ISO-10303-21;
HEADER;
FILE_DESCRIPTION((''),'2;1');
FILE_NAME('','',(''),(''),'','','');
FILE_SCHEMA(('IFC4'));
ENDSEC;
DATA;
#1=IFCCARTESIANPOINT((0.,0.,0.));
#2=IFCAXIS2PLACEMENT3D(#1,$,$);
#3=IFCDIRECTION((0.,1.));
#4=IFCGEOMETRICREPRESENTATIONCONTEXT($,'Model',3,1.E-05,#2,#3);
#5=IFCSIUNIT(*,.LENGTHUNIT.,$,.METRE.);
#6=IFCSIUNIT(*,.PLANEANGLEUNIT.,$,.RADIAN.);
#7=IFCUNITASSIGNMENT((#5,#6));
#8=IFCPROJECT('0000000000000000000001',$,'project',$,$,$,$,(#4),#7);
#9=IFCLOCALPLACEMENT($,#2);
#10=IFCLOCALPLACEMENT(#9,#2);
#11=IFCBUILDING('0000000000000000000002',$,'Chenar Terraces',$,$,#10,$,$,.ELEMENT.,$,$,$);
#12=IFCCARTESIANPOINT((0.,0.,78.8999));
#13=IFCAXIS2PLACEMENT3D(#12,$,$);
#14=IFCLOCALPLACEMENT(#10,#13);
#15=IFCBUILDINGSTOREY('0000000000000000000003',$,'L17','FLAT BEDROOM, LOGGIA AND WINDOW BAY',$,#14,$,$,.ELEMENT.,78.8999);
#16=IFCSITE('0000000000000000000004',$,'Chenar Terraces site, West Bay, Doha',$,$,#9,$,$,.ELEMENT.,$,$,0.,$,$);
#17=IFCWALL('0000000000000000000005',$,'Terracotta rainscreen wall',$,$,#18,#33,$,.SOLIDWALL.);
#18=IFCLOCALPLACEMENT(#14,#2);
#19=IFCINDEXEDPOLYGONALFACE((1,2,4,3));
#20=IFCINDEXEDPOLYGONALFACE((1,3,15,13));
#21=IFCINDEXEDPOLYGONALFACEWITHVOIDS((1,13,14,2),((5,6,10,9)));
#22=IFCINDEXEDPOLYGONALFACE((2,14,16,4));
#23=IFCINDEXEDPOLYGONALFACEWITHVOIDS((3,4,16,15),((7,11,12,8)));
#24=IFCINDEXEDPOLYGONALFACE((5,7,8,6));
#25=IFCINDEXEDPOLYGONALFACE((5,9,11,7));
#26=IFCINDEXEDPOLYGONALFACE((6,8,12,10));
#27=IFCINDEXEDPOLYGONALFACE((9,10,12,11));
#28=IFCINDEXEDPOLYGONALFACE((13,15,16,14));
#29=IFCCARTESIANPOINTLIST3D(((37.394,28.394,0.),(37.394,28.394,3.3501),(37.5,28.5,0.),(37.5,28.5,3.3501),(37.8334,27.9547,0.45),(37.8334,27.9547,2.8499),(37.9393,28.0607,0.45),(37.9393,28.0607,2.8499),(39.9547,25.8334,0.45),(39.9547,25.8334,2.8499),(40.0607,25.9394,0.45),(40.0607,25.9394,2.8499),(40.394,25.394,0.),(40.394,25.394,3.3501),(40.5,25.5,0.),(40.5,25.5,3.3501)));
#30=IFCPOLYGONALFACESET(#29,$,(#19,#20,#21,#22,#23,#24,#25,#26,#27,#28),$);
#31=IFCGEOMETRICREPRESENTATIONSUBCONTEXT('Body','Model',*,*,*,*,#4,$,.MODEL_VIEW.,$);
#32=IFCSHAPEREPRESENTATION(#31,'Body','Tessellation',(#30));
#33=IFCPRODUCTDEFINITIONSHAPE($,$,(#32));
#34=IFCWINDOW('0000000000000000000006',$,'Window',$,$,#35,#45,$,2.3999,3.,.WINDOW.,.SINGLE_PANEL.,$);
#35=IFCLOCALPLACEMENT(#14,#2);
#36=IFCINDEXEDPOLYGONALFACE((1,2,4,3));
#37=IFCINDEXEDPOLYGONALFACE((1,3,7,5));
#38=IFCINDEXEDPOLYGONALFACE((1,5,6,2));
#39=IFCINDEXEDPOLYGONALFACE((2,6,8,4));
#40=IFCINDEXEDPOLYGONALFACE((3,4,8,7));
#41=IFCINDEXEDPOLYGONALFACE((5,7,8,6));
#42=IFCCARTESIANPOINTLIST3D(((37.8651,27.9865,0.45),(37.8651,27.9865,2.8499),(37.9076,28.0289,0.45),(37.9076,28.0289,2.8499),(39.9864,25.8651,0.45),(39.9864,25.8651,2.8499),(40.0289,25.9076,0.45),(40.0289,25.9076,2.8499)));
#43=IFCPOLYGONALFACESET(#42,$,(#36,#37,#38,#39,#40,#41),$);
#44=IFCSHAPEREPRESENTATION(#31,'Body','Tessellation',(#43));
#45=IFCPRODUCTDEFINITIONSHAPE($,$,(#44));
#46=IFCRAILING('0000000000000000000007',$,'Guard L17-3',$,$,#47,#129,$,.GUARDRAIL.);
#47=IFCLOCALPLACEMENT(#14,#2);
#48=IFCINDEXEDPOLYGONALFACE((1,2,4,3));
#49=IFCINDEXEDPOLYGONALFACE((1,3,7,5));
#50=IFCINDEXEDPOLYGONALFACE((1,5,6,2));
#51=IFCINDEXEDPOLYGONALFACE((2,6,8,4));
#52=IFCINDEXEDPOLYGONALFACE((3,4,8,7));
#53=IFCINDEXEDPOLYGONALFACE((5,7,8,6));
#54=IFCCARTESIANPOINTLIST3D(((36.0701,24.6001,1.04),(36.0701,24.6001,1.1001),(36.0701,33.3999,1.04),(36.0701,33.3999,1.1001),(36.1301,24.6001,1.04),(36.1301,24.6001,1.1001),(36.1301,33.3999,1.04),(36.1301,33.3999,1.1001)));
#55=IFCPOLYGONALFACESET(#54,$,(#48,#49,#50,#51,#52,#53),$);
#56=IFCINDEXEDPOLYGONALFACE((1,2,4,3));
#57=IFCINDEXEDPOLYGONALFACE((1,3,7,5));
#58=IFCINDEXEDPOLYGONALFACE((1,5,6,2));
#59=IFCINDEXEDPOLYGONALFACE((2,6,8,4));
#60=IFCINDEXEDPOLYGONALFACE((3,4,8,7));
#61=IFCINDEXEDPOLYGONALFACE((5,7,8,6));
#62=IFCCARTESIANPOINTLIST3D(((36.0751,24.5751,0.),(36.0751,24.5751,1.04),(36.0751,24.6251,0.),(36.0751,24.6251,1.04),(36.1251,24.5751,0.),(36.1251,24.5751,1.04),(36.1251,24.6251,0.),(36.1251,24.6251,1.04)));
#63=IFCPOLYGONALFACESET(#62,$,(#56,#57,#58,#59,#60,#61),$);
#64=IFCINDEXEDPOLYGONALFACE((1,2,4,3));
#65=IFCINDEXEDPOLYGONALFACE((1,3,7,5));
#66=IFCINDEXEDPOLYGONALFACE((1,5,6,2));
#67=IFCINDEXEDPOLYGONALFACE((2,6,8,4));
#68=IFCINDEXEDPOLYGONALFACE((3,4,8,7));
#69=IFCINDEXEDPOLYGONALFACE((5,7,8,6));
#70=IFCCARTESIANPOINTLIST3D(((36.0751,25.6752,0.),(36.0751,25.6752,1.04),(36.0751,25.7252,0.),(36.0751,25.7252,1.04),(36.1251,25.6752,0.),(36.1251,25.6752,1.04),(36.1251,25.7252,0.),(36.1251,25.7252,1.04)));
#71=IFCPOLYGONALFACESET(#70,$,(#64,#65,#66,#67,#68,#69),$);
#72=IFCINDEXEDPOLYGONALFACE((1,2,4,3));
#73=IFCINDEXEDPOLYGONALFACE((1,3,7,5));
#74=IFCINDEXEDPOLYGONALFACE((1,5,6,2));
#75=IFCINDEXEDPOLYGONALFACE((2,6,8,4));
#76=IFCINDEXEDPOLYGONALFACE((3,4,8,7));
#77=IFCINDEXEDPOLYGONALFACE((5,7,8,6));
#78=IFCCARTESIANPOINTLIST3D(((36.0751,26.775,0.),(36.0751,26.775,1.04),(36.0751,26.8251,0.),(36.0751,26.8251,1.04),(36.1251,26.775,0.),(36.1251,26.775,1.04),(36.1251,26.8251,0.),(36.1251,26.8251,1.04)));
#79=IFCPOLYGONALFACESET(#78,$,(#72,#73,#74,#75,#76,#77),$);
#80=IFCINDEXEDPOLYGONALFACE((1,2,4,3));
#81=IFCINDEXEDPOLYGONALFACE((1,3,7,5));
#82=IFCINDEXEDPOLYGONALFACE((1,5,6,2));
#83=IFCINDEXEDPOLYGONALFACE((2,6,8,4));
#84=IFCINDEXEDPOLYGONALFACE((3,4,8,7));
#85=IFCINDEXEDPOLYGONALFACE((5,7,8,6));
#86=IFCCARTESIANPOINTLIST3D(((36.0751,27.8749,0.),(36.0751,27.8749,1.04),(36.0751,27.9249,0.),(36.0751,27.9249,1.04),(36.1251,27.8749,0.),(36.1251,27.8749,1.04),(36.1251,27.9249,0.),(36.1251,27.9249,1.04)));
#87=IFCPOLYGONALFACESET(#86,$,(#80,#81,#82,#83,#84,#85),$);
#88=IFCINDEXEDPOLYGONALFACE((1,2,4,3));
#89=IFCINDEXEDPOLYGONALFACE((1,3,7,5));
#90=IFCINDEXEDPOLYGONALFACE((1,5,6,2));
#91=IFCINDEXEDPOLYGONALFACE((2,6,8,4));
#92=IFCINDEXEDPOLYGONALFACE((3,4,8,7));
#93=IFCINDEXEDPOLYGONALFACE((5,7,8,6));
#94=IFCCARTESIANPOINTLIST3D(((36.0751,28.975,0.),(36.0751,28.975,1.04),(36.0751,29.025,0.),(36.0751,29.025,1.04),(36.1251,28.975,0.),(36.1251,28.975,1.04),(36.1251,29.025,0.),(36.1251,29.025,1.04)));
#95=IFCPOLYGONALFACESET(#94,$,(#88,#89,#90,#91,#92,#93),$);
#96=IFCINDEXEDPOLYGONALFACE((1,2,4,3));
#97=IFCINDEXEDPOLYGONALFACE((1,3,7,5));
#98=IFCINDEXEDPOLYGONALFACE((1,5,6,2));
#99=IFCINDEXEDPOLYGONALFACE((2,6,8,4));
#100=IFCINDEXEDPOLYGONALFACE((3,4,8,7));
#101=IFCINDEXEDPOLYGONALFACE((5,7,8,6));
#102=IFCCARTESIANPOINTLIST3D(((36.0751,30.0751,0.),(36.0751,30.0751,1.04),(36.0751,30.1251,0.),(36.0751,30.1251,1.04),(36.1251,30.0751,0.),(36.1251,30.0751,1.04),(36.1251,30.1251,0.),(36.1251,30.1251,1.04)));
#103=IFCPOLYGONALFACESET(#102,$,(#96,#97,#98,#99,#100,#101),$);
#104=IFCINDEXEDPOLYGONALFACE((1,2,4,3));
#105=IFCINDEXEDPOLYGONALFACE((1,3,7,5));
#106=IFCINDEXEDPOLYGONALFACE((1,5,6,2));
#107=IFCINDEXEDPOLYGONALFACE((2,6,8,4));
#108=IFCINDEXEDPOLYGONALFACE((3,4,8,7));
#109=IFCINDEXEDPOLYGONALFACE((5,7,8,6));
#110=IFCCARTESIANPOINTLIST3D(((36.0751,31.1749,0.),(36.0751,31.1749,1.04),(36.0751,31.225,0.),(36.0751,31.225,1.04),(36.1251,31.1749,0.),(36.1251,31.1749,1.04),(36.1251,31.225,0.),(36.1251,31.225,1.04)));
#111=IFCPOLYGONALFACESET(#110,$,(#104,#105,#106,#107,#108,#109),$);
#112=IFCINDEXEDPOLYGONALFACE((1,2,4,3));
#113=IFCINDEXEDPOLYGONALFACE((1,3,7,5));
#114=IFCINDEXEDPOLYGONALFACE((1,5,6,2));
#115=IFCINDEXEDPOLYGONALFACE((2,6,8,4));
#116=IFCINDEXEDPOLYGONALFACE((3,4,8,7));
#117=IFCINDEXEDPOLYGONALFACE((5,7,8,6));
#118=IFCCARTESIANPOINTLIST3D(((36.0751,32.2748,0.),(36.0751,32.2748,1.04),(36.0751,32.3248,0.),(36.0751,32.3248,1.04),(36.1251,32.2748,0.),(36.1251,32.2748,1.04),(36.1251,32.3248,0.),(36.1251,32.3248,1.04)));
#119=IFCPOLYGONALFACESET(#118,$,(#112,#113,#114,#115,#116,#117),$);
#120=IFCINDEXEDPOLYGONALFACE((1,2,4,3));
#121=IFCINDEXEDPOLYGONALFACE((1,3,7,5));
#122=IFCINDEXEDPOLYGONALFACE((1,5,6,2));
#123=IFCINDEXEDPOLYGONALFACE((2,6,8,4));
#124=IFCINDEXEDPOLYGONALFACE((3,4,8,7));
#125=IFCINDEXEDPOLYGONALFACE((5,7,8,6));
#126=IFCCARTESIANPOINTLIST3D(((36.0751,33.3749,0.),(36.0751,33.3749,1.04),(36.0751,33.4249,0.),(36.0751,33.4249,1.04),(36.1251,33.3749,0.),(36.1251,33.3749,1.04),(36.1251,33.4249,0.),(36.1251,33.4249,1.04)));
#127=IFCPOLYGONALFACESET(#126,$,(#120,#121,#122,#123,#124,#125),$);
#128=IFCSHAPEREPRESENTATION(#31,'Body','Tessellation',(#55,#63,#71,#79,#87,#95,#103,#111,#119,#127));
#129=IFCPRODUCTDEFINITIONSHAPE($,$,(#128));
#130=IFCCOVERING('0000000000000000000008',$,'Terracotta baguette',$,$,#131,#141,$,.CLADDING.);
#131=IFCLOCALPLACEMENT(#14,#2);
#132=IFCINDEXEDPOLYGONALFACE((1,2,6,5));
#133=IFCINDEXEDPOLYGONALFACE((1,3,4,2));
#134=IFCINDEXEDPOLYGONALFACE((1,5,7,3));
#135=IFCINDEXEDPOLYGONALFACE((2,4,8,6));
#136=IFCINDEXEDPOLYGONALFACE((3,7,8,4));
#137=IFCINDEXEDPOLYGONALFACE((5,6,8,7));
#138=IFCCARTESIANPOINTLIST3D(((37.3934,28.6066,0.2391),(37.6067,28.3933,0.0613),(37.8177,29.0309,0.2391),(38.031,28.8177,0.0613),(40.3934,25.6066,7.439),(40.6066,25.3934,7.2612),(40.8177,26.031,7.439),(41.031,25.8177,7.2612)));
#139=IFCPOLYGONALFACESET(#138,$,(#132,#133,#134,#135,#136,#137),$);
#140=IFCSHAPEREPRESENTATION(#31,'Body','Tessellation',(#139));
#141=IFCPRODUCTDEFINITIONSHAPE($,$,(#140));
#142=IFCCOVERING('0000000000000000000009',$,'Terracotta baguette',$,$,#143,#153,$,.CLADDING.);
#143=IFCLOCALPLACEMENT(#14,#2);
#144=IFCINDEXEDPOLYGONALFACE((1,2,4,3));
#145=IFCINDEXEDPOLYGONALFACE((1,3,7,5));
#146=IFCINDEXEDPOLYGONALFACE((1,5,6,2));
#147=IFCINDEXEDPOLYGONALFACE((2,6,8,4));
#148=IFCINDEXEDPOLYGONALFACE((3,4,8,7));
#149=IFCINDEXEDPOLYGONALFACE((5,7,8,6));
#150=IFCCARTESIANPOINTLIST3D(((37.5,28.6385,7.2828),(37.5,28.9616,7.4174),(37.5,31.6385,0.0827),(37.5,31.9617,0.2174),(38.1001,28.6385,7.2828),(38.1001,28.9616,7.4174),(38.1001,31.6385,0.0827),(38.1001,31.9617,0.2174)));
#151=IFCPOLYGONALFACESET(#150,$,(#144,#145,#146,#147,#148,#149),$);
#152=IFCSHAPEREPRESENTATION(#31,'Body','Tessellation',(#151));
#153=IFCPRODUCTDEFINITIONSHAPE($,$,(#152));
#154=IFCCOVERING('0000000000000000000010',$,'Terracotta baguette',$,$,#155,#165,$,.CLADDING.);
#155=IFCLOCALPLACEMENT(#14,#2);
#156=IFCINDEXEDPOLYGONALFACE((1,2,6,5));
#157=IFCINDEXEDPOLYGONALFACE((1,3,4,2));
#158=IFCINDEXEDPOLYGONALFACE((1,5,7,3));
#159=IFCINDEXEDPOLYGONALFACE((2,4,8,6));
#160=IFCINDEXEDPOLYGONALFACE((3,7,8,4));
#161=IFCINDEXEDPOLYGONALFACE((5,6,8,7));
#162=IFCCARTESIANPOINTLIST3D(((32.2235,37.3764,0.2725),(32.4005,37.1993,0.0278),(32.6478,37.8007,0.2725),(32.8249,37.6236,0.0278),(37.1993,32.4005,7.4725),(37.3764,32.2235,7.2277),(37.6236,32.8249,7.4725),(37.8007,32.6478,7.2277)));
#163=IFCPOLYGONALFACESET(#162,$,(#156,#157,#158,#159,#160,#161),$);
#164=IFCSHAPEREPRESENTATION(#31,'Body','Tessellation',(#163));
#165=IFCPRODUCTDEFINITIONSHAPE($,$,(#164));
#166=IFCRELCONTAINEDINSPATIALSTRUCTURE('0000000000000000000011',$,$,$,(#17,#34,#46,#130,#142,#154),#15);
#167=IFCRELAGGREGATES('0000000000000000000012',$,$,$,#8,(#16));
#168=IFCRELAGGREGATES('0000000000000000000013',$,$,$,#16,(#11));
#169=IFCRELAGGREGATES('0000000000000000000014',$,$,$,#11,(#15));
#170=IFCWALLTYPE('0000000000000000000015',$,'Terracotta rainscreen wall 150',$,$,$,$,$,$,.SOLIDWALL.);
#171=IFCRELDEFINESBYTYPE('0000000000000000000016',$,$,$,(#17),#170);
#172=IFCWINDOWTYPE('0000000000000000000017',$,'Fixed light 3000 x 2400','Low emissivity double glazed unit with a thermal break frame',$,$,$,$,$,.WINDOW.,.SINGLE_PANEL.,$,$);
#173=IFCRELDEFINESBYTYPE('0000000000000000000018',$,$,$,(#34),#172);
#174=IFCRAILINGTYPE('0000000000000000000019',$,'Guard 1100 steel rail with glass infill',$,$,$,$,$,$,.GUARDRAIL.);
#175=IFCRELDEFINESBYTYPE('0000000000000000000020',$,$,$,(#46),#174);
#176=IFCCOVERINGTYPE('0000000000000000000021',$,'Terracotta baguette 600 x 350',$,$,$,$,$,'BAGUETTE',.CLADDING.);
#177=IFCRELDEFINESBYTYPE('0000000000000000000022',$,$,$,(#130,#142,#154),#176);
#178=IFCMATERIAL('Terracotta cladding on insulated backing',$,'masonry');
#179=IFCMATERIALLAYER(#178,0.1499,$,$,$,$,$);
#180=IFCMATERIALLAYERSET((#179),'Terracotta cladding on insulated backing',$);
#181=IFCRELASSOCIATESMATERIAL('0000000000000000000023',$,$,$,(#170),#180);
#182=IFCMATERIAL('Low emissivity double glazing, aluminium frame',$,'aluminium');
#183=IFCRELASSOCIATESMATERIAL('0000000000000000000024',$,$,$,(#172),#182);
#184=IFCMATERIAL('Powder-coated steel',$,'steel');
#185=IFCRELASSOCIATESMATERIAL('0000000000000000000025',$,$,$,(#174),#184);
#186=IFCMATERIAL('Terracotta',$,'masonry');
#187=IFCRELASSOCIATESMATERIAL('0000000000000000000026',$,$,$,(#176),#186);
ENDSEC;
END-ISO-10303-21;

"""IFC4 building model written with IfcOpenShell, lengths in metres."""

from ifc_helpers import new_model, si_unit, direction, frame, frame_2d, origin, origin_2d, place, context, subcontext, project, spatial, rectangle, extrude, material, layer, layer_set, material_profile, profile_set, type_object, element, fill, save


model = new_model("IFC4")

# Units and contexts
model_context = context("Model", 3, precision=1e-05, world=origin(), true_north=direction((0.0, 1.0)))
body_context = subcontext(model_context, "Body", "Model", "MODEL_VIEW")
ifc_project = project(units=[si_unit("LENGTHUNIT", "METRE"), si_unit("PLANEANGLEUNIT", "RADIAN")], contexts=[model_context])

# Site, building, storey
site_placement = place(None, origin())
site = spatial("IfcSite", under=ifc_project, at=site_placement, Name="Chenar Terraces site, West Bay, Doha", CompositionType="ELEMENT", RefElevation=0.0)
building_placement = place(site_placement, origin())
building = spatial("IfcBuilding", under=site, at=building_placement, Name="Chenar Terraces", CompositionType="ELEMENT")
storey_placement = place(building_placement, frame((0.0, 0.0, 78.8999)))
storey = spatial("IfcBuildingStorey", under=building, at=storey_placement, Name="L17", Description="FLAT BEDROOM, LOGGIA AND WINDOW BAY", CompositionType="ELEMENT", Elevation=78.8999)

# Wall, opening, window
ifc_material_1 = material(Name="Terracotta cladding on insulated backing", Category="masonry")
ifc_layer_1 = layer(ifc_material_1, 0.1499)
ifc_layer_set_1 = layer_set([ifc_layer_1], Name="Terracotta cladding on insulated backing")
wall_type_1 = type_object("IfcWallType", Name="Terracotta rainscreen wall 150", PredefinedType="SOLIDWALL", material=ifc_layer_set_1)
wall_1_placement = place(storey_placement, frame((40.447, 25.447, 0.0), z_axis=(0.0, 0.0, 1.0), x_axis=(-0.707107, 0.707107, 0.0)))
wall_1 = element("IfcWall", 1, at=wall_1_placement, inside=storey, type_object=wall_type_1, Name="Terracotta rainscreen wall", PredefinedType="SOLIDWALL", context=body_context, shape_type="SweptSolid", body=[
    extrude(rectangle(XDim=4.2427, YDim=0.1499, at=frame_2d((2.1213, 0.0))), origin(), (0.0, 0.0, 1.0), 3.3501),
])
opening_placement = place(wall_1_placement, frame((0.6213, 0.0, 0.45)))
opening = element("IfcOpeningElement", 2, at=opening_placement, cuts=wall_1, PredefinedType="OPENING", context=body_context, shape_type="SweptSolid", body=[
    extrude(rectangle(XDim=3.0, YDim=2.3999, at=frame_2d((1.5, 1.2))), frame((0.0, 0.085, 0.0), z_axis=(0.0, -1.0, 0.0), x_axis=(1.0, 0.0, 0.0)), (0.0, 0.0, 1.0), 0.1699),
])
ifc_material_2 = material(Name="Low emissivity double glazing, aluminium frame", Category="aluminium")
window_type = type_object("IfcWindowType", Name="Fixed light 3000 x 2400", Description="Low emissivity double glazed unit with a thermal break frame", PartitioningType="SINGLE_PANEL", PredefinedType="WINDOW", material=ifc_material_2)
window_placement = place(opening_placement, origin())
window = element("IfcWindow", 3, at=window_placement, inside=storey, type_object=window_type, Name="Window", OverallHeight=2.3999, OverallWidth=3.0, PartitioningType="SINGLE_PANEL", PredefinedType="WINDOW", context=body_context, shape_type="SweptSolid", body=[
    extrude(rectangle(XDim=3.0, YDim=2.3999, at=frame_2d((1.5, 1.2))), frame((0.0, 0.03, 0.0), z_axis=(0.0, -1.0, 0.0), x_axis=(1.0, 0.0, 0.0)), (0.0, 0.0, 1.0), 0.0601),
])
fill(opening, window)

# Railing
ifc_material_3 = material(Name="Powder-coated steel", Category="steel")
railing_type = type_object("IfcRailingType", Name="Guard 1100 steel rail with glass infill", PredefinedType="GUARDRAIL", material=ifc_material_3)
railing_placement = place(storey_placement, frame((36.1001, 24.6001, 0.0)))
element("IfcRailing", 4, at=railing_placement, inside=storey, type_object=railing_type, Name="Guard L17-3", PredefinedType="GUARDRAIL", context=body_context, shape_type="SweptSolid", body=[
    extrude(rectangle(XDim=0.0601, YDim=0.0601, at=origin_2d()), frame((0.0, 0.0, 1.0701), z_axis=(0.0, 1.0, 0.0), x_axis=(-1.0, 0.0, 0.0)), (0.0, 0.0, 1.0), 8.7998),
    extrude(rectangle(XDim=0.05, YDim=0.05, at=origin_2d()), origin(), (0.0, 0.0, 1.0), 1.04),
    extrude(rectangle(XDim=0.05, YDim=0.05, at=origin_2d()), frame((0.0, 1.1001, 0.0)), (0.0, 0.0, 1.0), 1.04),
    extrude(rectangle(XDim=0.05, YDim=0.05, at=origin_2d()), frame((0.0, 2.2, 0.0)), (0.0, 0.0, 1.0), 1.04),
    extrude(rectangle(XDim=0.05, YDim=0.05, at=origin_2d()), frame((0.0, 3.2998, 0.0)), (0.0, 0.0, 1.0), 1.04),
    extrude(rectangle(XDim=0.05, YDim=0.05, at=origin_2d()), frame((0.0, 4.3999, 0.0)), (0.0, 0.0, 1.0), 1.04),
    extrude(rectangle(XDim=0.05, YDim=0.05, at=origin_2d()), frame((0.0, 5.5, 0.0)), (0.0, 0.0, 1.0), 1.04),
    extrude(rectangle(XDim=0.05, YDim=0.05, at=origin_2d()), frame((0.0, 6.5999, 0.0)), (0.0, 0.0, 1.0), 1.04),
    extrude(rectangle(XDim=0.05, YDim=0.05, at=origin_2d()), frame((0.0, 7.6997, 0.0)), (0.0, 0.0, 1.0), 1.04),
    extrude(rectangle(XDim=0.05, YDim=0.05, at=origin_2d()), frame((0.0, 8.7998, 0.0)), (0.0, 0.0, 1.0), 1.04),
])

# Coverings
ifc_material_4 = material(Name="Terracotta", Category="masonry")
ifc_material_profile_1 = material_profile(ifc_material_4, rectangle(XDim=0.6001, YDim=0.3501, at=origin_2d()), Name="Terracotta baguette 600 x 350")
ifc_profile_set_1 = profile_set([ifc_material_profile_1], Name="Terracotta")
covering_type = type_object("IfcCoveringType", Name="Terracotta baguette 600 x 350", ElementType="BAGUETTE", PredefinedType="CLADDING", material=ifc_profile_set_1)
covering_1_placement = place(storey_placement, frame((40.7122, 25.7122, 7.3501), z_axis=(-0.358981, 0.358981, -0.861548), x_axis=(-0.707107, -0.707107, 0.0)))
element("IfcCovering", 5, at=covering_1_placement, inside=storey, type_object=covering_type, Name="Terracotta baguette", PredefinedType="CLADDING", context=body_context, shape_type="SweptSolid", body=[
    extrude(rectangle(XDim=0.6001, YDim=0.3501, at=origin_2d()), origin(), (0.0, 0.0, 1.0), 8.3569),
])
covering_2_placement = place(storey_placement, frame((37.8, 28.8, 7.3501), z_axis=(0.0, 0.384618, -0.923076), x_axis=(-1.0, 0.0, 0.0)))
element("IfcCovering", 6, at=covering_2_placement, inside=storey, type_object=covering_type, Name="Terracotta baguette", PredefinedType="CLADDING", context=body_context, shape_type="SweptSolid", body=[
    extrude(rectangle(XDim=0.6001, YDim=0.3501, at=origin_2d()), origin(), (0.0, 0.0, 1.0), 7.8),
])
covering_3_placement = place(storey_placement, frame((37.5, 32.5242, 7.3501), z_axis=(-0.494241, 0.494241, -0.715159), x_axis=(-0.707107, -0.707107, 0.0)))
element("IfcCovering", 7, at=covering_3_placement, inside=storey, type_object=covering_type, Name="Terracotta baguette", PredefinedType="CLADDING", context=body_context, shape_type="SweptSolid", body=[
    extrude(rectangle(XDim=0.6001, YDim=0.3501, at=origin_2d()), origin(), (0.0, 0.0, 1.0), 10.0676),
])

save(model, "model.ifc")
